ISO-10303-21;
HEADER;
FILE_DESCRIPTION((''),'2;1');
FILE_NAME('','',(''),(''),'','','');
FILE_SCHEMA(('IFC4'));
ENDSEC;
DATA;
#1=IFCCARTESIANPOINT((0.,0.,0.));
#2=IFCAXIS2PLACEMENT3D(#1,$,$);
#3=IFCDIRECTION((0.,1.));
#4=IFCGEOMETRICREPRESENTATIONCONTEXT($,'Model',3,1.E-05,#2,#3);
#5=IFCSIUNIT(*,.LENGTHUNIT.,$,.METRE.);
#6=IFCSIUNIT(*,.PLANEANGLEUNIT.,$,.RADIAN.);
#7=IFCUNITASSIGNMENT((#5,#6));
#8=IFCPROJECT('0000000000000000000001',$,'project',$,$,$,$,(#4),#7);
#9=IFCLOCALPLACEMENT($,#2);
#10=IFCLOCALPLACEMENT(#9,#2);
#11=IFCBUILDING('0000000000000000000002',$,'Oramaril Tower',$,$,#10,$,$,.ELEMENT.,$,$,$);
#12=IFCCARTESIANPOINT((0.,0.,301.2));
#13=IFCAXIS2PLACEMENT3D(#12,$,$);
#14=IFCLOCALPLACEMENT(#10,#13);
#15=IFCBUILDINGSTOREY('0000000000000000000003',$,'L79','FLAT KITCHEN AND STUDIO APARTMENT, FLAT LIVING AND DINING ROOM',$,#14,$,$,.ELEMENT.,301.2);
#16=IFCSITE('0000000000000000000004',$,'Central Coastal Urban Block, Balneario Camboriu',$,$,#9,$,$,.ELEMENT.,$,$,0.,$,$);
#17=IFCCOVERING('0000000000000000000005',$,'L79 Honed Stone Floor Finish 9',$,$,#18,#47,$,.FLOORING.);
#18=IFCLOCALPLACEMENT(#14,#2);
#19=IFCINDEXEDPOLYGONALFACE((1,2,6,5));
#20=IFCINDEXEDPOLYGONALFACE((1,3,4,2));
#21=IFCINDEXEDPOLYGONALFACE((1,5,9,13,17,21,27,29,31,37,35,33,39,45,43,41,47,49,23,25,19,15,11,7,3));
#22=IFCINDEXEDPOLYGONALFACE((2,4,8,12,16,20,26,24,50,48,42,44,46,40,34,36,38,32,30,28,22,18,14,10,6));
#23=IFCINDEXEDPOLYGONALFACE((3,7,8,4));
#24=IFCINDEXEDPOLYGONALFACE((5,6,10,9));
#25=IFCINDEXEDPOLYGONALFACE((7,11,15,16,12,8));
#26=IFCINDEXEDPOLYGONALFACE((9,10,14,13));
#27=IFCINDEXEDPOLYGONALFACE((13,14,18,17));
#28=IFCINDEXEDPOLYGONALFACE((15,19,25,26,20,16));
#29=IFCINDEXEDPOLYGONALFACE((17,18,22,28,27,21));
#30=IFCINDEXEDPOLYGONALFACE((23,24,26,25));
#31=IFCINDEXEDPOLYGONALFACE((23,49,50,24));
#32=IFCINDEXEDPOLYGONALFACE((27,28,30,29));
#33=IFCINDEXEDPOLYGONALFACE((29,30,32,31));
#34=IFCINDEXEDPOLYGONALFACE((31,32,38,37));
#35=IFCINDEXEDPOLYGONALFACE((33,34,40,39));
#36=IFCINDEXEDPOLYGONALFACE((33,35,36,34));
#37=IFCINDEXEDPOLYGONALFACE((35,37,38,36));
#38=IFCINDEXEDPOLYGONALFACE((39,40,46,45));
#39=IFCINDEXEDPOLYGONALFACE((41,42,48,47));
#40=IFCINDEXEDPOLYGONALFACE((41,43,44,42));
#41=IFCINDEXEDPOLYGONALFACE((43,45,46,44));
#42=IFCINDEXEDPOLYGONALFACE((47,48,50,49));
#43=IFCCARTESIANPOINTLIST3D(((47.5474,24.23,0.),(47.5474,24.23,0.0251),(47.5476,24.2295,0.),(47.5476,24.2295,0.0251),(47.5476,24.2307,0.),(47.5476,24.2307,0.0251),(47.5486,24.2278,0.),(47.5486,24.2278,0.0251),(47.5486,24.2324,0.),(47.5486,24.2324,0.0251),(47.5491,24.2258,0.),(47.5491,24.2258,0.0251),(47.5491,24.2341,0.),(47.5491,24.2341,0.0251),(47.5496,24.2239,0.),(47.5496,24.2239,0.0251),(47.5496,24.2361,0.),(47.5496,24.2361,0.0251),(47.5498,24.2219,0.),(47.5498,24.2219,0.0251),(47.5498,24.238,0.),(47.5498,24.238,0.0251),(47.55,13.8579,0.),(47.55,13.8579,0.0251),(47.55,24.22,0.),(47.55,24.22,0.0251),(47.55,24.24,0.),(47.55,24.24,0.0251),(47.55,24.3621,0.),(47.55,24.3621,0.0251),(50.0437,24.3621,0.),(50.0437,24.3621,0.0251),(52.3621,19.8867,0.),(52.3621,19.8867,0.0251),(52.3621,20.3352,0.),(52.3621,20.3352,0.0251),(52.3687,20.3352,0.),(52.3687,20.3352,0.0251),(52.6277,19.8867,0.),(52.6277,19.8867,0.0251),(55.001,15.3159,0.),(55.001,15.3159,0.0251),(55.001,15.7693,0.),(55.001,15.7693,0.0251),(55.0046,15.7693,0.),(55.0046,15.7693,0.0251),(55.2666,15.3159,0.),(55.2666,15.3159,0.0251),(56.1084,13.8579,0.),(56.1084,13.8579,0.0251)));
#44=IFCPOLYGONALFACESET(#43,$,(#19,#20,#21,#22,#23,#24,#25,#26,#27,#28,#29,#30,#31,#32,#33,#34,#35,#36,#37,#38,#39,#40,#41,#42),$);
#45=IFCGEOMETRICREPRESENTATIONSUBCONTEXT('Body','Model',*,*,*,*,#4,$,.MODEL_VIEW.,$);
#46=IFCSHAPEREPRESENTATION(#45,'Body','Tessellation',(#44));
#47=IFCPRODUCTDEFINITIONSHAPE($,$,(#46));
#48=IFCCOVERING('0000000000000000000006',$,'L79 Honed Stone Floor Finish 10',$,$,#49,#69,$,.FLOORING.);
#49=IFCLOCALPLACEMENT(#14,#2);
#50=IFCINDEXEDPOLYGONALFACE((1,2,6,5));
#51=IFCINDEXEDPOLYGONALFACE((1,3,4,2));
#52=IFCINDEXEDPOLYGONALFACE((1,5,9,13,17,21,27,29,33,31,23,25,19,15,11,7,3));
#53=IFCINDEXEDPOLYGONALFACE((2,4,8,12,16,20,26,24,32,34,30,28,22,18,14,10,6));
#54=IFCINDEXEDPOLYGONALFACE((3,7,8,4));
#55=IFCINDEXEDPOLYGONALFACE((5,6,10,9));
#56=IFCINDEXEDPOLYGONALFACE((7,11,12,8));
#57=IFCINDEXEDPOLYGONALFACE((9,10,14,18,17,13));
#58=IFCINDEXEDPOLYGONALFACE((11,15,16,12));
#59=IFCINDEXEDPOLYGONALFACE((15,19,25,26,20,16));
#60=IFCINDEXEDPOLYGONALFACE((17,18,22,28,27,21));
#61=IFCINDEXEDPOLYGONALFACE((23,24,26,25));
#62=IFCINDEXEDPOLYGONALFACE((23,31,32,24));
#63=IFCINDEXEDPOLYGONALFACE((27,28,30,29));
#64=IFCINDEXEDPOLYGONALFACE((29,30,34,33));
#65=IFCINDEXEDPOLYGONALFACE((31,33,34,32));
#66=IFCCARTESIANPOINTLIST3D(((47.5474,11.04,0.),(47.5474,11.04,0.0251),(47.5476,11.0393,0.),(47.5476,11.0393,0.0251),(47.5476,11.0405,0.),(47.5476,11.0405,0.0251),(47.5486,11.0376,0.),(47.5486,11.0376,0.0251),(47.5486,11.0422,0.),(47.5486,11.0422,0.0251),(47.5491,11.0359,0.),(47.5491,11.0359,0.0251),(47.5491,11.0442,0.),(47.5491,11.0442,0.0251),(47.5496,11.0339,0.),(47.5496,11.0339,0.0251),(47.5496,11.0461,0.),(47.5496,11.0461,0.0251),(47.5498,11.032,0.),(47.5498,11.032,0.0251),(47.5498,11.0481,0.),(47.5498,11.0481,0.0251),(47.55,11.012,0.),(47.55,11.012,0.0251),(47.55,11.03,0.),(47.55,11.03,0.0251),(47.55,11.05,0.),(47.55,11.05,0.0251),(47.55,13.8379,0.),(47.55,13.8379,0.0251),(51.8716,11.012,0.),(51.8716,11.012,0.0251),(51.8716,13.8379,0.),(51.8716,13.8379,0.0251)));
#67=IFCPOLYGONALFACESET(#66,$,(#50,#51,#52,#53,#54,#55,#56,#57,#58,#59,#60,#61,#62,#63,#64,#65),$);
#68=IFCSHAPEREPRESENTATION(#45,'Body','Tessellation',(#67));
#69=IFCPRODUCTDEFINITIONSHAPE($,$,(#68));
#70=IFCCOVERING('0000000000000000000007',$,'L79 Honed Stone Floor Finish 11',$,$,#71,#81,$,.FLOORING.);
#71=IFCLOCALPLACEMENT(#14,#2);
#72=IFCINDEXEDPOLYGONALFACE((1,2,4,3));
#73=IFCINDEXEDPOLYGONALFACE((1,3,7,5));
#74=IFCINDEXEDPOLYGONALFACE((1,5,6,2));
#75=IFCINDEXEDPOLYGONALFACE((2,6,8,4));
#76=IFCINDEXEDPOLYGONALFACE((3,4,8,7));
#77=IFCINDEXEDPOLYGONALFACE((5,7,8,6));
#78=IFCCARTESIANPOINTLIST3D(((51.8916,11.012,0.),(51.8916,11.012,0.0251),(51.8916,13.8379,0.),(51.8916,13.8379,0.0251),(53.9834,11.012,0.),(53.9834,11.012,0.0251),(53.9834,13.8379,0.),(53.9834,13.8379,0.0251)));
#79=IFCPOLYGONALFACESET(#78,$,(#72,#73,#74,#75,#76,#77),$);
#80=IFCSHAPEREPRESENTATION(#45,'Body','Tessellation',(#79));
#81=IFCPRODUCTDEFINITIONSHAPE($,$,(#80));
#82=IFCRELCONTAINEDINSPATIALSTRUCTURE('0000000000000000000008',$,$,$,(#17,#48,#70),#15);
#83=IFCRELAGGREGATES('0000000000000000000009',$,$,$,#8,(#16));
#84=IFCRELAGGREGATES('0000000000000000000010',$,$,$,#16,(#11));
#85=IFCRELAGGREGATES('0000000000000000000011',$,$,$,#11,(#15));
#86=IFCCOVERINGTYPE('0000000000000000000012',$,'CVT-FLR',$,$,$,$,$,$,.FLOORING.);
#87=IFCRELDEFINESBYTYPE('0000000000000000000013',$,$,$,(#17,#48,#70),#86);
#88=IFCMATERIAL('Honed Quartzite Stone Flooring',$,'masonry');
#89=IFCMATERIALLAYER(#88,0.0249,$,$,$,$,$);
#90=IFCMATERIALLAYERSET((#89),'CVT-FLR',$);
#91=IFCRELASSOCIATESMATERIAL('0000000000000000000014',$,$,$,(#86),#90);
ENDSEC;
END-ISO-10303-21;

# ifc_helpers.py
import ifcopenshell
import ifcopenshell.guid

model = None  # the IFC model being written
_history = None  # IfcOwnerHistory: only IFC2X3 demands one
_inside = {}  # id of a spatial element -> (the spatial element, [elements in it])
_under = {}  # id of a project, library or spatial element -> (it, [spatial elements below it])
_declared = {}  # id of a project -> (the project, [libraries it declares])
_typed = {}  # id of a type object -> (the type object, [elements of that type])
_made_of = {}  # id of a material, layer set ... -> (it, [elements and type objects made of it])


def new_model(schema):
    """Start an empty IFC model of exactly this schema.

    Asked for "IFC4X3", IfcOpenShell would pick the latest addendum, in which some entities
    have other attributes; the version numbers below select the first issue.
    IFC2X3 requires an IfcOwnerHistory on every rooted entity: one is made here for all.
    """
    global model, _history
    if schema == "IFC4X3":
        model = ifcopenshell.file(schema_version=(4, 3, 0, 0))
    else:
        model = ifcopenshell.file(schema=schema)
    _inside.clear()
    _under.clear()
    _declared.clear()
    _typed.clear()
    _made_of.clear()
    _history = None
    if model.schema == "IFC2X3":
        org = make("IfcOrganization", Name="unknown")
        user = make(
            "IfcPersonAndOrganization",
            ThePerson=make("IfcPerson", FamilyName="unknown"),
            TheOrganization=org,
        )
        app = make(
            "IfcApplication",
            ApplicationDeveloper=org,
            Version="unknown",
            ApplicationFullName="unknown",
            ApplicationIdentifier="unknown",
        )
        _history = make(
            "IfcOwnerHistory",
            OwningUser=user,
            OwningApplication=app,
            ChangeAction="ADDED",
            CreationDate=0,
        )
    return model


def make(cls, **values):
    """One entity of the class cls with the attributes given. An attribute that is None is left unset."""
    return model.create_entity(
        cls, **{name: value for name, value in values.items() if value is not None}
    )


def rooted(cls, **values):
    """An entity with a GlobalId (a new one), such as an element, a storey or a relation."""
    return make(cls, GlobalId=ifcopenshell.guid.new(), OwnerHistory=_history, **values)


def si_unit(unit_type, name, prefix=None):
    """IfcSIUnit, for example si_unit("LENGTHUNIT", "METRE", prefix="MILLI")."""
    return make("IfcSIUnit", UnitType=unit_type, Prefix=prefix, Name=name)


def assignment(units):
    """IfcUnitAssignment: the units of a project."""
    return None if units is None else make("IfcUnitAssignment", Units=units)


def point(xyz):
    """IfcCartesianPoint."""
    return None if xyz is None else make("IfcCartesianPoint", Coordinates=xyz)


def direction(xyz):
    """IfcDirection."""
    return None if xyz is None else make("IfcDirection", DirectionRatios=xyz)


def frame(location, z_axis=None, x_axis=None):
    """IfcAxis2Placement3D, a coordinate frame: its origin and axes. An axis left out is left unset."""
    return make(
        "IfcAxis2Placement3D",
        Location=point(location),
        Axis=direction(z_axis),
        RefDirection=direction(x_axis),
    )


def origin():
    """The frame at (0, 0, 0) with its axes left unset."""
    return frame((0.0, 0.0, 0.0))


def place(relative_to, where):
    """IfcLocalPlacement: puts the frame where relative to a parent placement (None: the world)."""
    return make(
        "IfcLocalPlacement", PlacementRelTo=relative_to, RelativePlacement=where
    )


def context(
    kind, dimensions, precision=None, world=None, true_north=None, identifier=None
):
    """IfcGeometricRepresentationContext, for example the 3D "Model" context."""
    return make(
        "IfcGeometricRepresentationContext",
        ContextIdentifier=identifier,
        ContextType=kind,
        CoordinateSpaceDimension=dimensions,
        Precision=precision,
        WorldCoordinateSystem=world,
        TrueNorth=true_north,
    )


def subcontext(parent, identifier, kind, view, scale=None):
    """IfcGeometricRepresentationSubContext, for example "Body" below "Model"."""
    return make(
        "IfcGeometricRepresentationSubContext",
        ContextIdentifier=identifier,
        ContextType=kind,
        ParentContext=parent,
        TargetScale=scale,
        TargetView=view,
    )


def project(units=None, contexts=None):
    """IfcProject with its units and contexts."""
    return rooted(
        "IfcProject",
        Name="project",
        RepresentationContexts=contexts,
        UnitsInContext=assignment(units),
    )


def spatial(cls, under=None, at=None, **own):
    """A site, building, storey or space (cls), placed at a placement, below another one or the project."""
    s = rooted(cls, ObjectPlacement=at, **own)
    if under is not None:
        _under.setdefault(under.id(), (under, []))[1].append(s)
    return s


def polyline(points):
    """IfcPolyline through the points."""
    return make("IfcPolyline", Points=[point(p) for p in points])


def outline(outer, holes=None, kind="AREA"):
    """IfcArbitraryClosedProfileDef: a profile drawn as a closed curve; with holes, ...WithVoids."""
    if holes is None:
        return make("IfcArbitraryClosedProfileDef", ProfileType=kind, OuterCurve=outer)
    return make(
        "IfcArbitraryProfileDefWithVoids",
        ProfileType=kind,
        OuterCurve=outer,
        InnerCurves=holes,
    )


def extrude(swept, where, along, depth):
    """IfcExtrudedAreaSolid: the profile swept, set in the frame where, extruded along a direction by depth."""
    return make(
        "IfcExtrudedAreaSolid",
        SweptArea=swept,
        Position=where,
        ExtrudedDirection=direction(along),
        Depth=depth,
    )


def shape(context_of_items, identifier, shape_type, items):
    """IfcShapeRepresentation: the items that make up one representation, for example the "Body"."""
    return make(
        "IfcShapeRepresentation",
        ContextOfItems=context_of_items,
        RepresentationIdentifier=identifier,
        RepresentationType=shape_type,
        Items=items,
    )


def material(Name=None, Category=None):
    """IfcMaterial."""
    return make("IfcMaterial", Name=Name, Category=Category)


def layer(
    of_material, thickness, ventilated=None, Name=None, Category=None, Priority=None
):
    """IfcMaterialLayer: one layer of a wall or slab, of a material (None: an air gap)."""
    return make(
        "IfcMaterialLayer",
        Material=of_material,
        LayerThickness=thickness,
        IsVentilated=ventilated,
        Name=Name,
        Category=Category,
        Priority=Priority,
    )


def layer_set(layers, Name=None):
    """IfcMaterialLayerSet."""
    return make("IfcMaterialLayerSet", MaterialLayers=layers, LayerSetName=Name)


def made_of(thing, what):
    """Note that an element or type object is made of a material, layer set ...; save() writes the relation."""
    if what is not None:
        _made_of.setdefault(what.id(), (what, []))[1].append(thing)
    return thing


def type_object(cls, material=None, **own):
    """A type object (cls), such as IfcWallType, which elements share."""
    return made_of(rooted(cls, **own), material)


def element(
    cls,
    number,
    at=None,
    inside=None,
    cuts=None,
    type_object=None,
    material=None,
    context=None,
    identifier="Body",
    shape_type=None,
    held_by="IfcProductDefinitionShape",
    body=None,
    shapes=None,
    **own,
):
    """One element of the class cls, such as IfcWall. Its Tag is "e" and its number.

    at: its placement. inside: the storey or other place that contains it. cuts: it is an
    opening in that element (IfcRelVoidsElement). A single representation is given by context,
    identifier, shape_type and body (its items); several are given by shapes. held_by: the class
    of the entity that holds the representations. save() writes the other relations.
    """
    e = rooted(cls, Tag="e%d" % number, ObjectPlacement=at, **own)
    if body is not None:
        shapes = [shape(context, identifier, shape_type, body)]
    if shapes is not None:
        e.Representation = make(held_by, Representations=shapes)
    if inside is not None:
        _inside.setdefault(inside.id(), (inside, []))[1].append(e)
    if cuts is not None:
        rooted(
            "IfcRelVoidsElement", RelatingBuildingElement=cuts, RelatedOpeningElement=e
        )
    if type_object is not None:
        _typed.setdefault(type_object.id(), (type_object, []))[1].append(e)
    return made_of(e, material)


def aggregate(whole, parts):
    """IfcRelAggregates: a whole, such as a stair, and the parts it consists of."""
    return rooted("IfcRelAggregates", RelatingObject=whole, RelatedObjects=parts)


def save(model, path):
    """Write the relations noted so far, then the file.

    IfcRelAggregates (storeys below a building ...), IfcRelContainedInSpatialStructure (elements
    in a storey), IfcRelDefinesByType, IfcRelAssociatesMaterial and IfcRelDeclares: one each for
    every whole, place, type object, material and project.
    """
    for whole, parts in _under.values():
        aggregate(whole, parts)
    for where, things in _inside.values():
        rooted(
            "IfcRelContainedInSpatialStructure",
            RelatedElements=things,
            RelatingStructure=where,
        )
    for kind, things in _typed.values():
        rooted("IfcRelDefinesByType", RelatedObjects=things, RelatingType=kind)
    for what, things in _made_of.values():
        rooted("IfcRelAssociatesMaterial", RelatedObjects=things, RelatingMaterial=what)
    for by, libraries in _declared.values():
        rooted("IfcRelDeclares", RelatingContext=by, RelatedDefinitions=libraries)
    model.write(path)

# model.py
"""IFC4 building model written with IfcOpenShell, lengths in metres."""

from ifc_helpers import new_model, si_unit, direction, frame, origin, place, context, subcontext, project, spatial, polyline, outline, extrude, material, layer, layer_set, type_object, element, save


model = new_model("IFC4")

# Units and contexts
model_context = context("Model", 3, precision=1e-05, world=origin(), true_north=direction((0.0, 1.0)))
body_context = subcontext(model_context, "Body", "Model", "MODEL_VIEW")
ifc_project = project(units=[si_unit("LENGTHUNIT", "METRE"), si_unit("PLANEANGLEUNIT", "RADIAN")], contexts=[model_context])

# Site, building, storey
site_placement = place(None, origin())
site = spatial("IfcSite", under=ifc_project, at=site_placement, Name="Central Coastal Urban Block, Balneario Camboriu", CompositionType="ELEMENT", RefElevation=0.0)
building_placement = place(site_placement, origin())
building = spatial("IfcBuilding", under=site, at=building_placement, Name="Oramaril Tower", CompositionType="ELEMENT")
storey_placement = place(building_placement, frame((0.0, 0.0, 301.2)))
storey = spatial("IfcBuildingStorey", under=building, at=storey_placement, Name="L79", Description="FLAT KITCHEN AND STUDIO APARTMENT, FLAT LIVING AND DINING ROOM", CompositionType="ELEMENT", Elevation=301.2)

# Coverings
ifc_material_1 = material(Name="Honed Quartzite Stone Flooring", Category="masonry")
ifc_layer_1 = layer(ifc_material_1, 0.0249)
ifc_layer_set_1 = layer_set([ifc_layer_1], Name="CVT-FLR")
covering_type_1 = type_object("IfcCoveringType", Name="CVT-FLR", PredefinedType="FLOORING", material=ifc_layer_set_1)
covering_1_placement = place(storey_placement, origin())
element("IfcCovering", 1, at=covering_1_placement, inside=storey, type_object=covering_type_1, Name="L79 Honed Stone Floor Finish 9", PredefinedType="FLOORING", context=body_context, shape_type="SweptSolid", body=[
    extrude(outline(polyline([(52.3621, 20.3352), (52.3621, 19.8867), (52.6277, 19.8867), (55.0046, 15.7693), (55.001, 15.7693), (55.001, 15.3159), (55.2666, 15.3159), (56.1084, 13.8579), (47.55, 13.8579), (47.55, 24.22), (47.5498, 24.2219), (47.5496, 24.2239), (47.5491, 24.2258), (47.5486, 24.2278), (47.5476, 24.2295), (47.5474, 24.23), (47.5476, 24.2307), (47.5486, 24.2324), (47.5491, 24.2341), (47.5496, 24.2361), (47.5498, 24.238), (47.55, 24.24), (47.55, 24.3621), (50.0437, 24.3621), (52.3687, 20.3352), (52.3621, 20.3352)])), origin(), (0.0, 0.0, 1.0), 0.0251),
])
covering_2_placement = place(storey_placement, origin())
element("IfcCovering", 2, at=covering_2_placement, inside=storey, type_object=covering_type_1, Name="L79 Honed Stone Floor Finish 10", PredefinedType="FLOORING", context=body_context, shape_type="SweptSolid", body=[
    extrude(outline(polyline([(51.8716, 11.012), (47.55, 11.012), (47.55, 11.03), (47.5498, 11.032), (47.5496, 11.0339), (47.5491, 11.0359), (47.5486, 11.0376), (47.5476, 11.0393), (47.5474, 11.04), (47.5476, 11.0405), (47.5486, 11.0422), (47.5491, 11.0442), (47.5496, 11.0461), (47.5498, 11.0481), (47.55, 11.05), (47.55, 13.8379), (51.8716, 13.8379), (51.8716, 11.012)])), origin(), (0.0, 0.0, 1.0), 0.0251),
])
covering_3_placement = place(storey_placement, origin())
element("IfcCovering", 3, at=covering_3_placement, inside=storey, type_object=covering_type_1, Name="L79 Honed Stone Floor Finish 11", PredefinedType="FLOORING", context=body_context, shape_type="SweptSolid", body=[
    extrude(outline(polyline([(53.9834, 11.012), (51.8916, 11.012), (51.8916, 13.8379), (53.9834, 13.8379), (53.9834, 11.012)])), origin(), (0.0, 0.0, 1.0), 0.0251),
])

save(model, "model.ifc")
